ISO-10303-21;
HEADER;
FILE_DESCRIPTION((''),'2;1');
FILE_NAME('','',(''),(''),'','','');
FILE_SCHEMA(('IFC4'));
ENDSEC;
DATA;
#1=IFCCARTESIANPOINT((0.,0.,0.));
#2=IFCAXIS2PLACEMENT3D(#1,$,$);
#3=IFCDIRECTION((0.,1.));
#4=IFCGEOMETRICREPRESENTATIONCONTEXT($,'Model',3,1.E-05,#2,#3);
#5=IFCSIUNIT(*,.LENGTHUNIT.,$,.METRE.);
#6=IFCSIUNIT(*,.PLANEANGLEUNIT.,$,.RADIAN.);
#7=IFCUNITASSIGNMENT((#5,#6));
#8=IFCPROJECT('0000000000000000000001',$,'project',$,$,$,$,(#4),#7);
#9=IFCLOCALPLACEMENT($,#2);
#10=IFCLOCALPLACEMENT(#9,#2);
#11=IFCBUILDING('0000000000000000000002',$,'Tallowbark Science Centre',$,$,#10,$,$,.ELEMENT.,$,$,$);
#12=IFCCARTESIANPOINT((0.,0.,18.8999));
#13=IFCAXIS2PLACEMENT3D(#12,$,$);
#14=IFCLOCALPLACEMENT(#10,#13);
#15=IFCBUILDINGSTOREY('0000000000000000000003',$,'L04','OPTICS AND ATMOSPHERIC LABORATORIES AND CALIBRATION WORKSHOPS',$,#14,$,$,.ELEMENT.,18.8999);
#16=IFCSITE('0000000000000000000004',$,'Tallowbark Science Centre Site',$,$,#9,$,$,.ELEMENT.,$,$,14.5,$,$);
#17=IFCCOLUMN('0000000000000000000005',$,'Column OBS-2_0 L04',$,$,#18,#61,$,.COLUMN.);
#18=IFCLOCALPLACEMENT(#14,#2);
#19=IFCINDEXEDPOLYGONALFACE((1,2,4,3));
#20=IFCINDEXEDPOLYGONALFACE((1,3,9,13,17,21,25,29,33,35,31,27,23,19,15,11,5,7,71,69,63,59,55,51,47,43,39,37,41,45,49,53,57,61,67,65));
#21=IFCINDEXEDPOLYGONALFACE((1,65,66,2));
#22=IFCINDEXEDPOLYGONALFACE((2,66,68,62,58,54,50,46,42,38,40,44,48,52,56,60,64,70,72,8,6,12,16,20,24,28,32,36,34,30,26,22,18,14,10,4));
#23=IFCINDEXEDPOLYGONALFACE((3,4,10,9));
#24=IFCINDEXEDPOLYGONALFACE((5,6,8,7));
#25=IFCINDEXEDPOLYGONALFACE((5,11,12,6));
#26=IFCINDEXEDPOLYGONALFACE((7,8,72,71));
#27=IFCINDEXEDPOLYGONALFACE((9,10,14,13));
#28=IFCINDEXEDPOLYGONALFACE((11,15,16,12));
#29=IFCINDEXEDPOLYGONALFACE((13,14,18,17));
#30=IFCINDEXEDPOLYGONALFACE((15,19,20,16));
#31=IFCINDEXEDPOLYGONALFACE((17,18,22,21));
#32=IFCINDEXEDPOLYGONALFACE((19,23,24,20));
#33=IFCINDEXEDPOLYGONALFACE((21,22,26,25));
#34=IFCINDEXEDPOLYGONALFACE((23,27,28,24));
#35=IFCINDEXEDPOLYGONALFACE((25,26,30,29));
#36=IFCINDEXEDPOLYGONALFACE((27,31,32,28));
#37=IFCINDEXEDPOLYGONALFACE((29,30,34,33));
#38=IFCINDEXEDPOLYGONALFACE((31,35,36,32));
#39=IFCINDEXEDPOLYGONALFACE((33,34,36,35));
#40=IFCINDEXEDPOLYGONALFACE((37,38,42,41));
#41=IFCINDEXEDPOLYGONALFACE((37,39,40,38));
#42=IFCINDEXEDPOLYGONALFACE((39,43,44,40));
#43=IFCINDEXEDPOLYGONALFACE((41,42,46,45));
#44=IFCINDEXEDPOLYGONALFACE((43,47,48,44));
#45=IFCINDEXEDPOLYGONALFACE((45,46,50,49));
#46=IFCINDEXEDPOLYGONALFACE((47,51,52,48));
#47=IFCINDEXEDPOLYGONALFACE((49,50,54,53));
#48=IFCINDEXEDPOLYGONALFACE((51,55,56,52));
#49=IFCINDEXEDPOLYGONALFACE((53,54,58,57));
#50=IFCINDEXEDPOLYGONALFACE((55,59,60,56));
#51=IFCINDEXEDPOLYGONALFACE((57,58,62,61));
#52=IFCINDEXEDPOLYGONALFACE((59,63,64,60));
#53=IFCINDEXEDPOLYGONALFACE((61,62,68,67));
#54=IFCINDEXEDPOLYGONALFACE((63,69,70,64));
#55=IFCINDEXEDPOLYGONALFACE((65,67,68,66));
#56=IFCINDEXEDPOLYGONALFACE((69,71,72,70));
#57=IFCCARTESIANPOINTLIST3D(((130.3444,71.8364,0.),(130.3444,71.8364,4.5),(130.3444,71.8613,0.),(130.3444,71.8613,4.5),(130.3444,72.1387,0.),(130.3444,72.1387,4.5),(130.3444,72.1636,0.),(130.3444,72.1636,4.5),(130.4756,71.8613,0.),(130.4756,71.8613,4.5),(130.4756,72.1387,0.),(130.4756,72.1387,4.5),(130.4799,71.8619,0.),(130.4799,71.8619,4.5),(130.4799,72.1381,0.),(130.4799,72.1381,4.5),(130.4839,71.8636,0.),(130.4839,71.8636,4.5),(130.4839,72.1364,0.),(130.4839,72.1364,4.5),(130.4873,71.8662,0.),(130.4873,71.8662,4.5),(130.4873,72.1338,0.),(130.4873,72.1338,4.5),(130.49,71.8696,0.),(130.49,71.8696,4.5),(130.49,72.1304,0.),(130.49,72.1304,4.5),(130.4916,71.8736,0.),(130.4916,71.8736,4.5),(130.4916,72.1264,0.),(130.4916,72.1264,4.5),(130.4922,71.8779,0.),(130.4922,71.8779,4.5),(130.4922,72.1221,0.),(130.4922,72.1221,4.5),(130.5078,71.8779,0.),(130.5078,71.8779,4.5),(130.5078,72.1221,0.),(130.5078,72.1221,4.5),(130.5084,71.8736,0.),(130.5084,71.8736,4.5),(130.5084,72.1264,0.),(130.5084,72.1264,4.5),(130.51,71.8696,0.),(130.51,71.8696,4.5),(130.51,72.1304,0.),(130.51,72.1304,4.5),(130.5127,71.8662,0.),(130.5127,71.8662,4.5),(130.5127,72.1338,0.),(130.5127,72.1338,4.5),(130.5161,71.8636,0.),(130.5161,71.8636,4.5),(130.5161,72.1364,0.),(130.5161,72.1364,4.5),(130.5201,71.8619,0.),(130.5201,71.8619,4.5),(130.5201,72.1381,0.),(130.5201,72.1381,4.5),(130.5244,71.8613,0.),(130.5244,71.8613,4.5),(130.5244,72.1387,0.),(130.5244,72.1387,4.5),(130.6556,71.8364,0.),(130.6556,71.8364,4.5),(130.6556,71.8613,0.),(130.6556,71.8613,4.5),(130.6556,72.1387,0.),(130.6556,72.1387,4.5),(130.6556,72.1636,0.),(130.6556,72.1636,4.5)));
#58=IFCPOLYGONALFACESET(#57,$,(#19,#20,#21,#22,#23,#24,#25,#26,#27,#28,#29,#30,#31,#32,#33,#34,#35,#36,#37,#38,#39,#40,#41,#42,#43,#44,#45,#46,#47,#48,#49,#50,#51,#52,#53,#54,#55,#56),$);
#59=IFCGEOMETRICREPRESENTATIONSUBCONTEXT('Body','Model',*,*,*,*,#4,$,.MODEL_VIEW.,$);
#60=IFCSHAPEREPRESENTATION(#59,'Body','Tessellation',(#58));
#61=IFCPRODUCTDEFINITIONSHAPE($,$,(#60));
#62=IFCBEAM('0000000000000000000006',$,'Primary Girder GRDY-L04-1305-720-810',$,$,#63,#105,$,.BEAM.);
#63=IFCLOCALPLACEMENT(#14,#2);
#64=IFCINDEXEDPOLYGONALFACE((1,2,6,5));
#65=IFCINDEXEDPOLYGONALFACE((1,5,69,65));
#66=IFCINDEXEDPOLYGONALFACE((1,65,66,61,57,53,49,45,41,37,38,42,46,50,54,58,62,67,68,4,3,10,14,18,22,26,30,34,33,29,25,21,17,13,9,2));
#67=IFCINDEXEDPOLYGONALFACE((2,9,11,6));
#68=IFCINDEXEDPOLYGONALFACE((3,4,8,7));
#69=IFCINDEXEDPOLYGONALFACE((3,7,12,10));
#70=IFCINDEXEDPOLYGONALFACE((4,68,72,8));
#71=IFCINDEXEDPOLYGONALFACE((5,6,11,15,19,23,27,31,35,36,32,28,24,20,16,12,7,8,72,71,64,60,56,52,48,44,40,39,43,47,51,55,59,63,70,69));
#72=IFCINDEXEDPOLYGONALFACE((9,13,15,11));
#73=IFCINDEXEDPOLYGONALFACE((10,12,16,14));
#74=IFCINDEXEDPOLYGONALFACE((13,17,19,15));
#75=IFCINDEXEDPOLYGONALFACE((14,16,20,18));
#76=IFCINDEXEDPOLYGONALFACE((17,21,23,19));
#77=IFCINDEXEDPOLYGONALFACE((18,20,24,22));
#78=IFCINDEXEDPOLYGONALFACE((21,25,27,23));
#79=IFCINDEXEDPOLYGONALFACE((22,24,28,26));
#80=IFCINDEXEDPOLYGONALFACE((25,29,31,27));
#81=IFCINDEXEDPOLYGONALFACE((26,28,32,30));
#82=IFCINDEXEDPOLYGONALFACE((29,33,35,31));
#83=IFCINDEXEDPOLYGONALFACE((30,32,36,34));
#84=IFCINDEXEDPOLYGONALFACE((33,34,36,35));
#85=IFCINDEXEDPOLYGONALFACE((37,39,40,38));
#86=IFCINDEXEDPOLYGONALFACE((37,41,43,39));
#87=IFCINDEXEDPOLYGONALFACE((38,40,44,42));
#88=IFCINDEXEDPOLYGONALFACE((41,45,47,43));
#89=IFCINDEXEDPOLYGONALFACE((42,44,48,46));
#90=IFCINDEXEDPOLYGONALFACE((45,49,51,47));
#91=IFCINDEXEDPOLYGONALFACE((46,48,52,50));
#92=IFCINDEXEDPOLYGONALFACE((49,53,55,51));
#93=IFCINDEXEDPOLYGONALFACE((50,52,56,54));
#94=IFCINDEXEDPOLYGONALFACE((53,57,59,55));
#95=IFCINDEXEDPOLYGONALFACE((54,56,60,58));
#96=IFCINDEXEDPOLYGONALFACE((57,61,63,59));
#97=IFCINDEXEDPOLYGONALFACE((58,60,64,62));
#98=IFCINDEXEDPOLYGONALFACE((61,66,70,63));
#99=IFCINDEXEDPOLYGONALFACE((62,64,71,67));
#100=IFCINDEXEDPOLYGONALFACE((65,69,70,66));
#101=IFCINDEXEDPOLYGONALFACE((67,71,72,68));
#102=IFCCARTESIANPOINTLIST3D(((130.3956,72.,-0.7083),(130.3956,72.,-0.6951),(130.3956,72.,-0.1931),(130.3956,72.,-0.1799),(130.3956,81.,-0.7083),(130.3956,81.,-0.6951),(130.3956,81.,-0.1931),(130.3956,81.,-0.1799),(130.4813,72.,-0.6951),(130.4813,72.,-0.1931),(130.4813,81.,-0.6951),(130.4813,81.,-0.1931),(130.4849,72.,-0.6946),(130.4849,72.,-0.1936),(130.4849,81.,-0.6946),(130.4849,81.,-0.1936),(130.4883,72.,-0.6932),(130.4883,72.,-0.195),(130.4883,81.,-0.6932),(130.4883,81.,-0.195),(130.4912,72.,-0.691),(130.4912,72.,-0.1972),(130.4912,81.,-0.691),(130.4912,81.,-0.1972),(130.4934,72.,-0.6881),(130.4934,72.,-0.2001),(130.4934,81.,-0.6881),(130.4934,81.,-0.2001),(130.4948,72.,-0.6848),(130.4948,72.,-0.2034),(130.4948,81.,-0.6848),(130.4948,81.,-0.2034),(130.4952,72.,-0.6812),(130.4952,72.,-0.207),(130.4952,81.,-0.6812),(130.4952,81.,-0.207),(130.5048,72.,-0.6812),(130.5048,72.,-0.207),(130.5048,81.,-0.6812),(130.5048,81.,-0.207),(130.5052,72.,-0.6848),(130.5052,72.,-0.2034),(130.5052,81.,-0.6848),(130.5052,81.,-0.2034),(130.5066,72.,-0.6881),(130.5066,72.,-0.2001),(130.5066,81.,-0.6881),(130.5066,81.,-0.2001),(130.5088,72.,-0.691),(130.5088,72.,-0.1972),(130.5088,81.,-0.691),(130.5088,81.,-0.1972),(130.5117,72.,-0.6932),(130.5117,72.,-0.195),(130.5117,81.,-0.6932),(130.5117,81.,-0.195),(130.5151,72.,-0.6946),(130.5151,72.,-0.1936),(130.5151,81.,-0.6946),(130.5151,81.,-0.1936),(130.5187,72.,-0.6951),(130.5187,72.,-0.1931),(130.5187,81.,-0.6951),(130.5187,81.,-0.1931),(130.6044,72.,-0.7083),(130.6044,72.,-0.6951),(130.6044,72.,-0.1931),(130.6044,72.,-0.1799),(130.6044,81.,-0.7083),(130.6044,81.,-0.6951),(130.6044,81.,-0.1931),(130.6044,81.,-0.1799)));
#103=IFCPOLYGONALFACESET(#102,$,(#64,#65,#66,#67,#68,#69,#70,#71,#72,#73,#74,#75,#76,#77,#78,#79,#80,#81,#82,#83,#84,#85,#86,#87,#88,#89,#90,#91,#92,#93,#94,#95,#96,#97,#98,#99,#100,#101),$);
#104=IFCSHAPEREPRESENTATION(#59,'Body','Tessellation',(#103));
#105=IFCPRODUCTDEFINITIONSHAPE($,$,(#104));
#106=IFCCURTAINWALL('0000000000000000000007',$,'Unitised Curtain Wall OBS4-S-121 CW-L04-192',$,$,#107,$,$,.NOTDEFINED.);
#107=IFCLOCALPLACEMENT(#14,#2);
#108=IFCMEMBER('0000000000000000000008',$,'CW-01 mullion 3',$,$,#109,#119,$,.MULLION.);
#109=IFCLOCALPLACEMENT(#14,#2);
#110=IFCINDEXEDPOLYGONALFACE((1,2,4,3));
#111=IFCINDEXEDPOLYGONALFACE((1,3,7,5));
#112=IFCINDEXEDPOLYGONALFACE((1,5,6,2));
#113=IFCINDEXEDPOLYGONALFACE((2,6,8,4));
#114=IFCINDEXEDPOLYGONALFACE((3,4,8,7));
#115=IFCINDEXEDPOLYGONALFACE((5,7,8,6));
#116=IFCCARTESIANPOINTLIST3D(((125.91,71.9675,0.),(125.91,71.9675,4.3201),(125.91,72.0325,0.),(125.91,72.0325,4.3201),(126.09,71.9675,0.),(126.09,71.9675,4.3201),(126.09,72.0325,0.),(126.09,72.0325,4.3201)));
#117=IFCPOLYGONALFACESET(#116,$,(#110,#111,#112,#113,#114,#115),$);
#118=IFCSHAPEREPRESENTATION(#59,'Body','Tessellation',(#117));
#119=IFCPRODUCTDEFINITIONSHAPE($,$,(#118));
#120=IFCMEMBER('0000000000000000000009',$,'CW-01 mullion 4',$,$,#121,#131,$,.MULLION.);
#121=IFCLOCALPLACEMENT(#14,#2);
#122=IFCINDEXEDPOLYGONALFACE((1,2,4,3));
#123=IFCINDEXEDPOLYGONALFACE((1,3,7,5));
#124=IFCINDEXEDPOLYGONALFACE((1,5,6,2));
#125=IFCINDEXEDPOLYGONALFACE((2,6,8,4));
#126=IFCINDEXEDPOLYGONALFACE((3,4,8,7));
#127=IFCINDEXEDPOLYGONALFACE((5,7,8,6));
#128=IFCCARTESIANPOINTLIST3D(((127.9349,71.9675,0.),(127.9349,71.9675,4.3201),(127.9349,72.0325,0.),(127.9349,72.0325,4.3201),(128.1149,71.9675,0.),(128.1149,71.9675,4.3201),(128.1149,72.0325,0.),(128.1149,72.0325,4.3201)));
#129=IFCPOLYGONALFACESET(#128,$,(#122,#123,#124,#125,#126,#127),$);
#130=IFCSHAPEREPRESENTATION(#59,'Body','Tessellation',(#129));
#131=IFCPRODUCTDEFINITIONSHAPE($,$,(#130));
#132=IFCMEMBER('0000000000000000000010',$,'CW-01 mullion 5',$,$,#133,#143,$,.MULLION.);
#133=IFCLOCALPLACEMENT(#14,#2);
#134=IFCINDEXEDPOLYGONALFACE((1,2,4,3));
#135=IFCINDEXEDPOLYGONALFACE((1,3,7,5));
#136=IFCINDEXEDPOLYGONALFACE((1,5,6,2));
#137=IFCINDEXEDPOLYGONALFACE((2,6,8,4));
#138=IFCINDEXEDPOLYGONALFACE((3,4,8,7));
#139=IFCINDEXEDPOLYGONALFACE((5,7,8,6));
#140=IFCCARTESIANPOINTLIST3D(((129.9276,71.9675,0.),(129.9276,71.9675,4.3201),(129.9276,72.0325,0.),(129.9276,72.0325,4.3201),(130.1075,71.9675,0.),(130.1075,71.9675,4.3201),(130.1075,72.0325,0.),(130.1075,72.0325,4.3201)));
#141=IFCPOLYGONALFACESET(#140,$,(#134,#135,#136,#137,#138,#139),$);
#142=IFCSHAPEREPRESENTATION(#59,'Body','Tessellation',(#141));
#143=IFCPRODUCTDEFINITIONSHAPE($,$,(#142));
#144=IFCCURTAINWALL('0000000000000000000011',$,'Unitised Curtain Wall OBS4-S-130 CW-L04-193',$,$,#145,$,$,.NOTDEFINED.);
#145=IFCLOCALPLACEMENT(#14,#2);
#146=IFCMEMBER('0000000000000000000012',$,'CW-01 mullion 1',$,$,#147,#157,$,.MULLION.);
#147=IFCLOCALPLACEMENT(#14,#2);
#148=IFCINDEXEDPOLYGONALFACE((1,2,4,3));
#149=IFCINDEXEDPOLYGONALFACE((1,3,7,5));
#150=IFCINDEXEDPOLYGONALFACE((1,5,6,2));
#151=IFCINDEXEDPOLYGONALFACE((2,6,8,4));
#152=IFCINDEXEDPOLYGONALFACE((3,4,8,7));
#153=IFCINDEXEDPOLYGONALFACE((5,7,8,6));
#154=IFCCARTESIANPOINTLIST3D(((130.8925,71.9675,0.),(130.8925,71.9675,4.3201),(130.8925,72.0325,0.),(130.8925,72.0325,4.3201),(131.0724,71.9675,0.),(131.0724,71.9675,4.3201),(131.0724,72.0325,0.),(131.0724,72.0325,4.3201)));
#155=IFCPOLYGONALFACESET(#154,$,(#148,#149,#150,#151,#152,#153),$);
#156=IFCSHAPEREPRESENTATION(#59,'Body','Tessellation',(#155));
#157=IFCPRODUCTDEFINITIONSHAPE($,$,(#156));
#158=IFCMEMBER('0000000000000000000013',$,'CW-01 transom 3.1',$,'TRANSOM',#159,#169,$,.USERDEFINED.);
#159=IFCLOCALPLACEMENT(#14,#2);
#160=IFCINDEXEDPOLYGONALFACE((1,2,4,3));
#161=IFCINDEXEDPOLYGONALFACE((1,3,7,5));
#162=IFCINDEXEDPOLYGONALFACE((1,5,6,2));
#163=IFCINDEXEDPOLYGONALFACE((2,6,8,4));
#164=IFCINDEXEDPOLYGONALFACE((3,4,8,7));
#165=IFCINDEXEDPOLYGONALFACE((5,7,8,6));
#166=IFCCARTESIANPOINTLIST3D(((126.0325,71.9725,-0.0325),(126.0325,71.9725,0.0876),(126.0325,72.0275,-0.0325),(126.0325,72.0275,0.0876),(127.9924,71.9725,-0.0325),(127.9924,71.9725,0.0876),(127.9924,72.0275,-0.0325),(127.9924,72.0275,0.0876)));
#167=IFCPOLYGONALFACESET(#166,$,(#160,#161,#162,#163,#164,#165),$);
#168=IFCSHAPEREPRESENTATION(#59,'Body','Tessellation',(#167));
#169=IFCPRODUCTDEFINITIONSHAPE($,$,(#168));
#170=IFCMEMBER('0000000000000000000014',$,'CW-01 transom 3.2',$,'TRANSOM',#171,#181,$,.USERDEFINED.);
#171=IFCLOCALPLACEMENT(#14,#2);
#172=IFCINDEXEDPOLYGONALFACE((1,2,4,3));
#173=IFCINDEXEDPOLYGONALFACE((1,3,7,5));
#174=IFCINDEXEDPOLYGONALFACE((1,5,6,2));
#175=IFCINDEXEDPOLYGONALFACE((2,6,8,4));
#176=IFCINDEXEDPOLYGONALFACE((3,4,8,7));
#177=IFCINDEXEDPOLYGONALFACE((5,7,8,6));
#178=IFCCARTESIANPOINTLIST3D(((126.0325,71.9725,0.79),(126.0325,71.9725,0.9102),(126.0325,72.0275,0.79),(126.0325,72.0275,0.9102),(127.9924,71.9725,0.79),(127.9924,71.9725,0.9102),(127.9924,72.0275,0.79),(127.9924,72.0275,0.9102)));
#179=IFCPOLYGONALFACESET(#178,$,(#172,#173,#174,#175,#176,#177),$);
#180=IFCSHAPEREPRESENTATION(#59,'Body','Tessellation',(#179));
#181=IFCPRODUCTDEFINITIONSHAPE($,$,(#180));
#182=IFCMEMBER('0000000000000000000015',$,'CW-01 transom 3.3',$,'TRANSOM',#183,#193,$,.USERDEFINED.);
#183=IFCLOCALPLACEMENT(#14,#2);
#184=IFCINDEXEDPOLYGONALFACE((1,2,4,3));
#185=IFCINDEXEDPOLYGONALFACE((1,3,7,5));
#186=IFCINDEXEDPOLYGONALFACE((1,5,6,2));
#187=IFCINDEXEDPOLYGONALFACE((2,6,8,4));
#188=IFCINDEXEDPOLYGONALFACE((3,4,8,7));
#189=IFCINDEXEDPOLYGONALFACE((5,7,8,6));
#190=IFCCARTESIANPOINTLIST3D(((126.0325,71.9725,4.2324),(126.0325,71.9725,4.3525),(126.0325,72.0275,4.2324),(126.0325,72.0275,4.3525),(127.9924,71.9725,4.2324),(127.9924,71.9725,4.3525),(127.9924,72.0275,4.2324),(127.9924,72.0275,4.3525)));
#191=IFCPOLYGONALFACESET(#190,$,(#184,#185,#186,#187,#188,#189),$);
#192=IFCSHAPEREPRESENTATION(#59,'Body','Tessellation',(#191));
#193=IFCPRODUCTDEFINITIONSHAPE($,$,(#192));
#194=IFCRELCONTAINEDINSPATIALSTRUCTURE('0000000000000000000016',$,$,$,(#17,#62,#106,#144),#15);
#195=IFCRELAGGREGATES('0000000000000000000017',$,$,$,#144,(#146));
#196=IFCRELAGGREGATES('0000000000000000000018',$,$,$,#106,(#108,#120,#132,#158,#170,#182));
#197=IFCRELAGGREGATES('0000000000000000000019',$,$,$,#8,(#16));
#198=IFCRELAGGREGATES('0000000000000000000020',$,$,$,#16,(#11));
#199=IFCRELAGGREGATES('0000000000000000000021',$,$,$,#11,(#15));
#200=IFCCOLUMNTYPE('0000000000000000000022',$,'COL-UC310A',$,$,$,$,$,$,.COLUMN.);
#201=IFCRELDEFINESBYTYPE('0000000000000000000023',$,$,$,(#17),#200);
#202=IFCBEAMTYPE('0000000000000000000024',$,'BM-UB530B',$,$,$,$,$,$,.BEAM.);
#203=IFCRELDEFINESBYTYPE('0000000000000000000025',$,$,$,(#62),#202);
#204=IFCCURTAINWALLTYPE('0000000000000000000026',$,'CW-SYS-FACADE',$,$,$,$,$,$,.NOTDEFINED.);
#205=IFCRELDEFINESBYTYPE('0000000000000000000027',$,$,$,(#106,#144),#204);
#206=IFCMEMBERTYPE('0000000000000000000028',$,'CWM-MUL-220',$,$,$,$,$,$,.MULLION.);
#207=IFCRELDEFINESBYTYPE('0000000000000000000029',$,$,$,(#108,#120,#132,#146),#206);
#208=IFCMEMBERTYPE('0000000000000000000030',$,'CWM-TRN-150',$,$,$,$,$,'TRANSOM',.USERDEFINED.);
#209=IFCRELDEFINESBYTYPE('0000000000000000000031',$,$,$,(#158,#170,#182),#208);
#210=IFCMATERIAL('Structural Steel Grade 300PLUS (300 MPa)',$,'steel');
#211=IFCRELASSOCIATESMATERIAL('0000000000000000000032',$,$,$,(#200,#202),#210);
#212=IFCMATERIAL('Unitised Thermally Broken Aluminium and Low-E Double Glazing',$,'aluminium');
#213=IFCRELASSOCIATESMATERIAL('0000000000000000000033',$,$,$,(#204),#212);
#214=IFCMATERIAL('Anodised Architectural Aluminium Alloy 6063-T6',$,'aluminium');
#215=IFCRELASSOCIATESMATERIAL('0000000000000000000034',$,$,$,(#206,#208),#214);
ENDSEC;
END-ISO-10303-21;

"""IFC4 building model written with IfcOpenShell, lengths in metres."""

from ifc_helpers import new_model, si_unit, direction, frame, origin, origin_2d, place, context, subcontext, project, spatial, rectangle, i_section, extrude, material, material_profile, profile_set, type_object, element, aggregate, save


model = new_model("IFC4")

# Units and contexts
model_context = context("Model", 3, precision=1e-05, world=origin(), true_north=direction((0.0, 1.0)))
body_context = subcontext(model_context, "Body", "Model", "MODEL_VIEW")
ifc_project = project(units=[si_unit("LENGTHUNIT", "METRE"), si_unit("PLANEANGLEUNIT", "RADIAN")], contexts=[model_context])

# Site, building, storey
site_placement = place(None, origin())
site = spatial("IfcSite", under=ifc_project, at=site_placement, Name="Tallowbark Science Centre Site", CompositionType="ELEMENT", RefElevation=14.5)
building_placement = place(site_placement, origin())
building = spatial("IfcBuilding", under=site, at=building_placement, Name="Tallowbark Science Centre", CompositionType="ELEMENT")
storey_placement = place(building_placement, frame((0.0, 0.0, 18.8999)))
storey = spatial("IfcBuildingStorey", under=building, at=storey_placement, Name="L04", Description="OPTICS AND ATMOSPHERIC LABORATORIES AND CALIBRATION WORKSHOPS", CompositionType="ELEMENT", Elevation=18.8999)

# Column
ifc_material_1 = material(Name="Structural Steel Grade 300PLUS (300 MPa)", Category="steel")
ifc_material_profile_1 = material_profile(ifc_material_1, i_section(OverallWidth=0.3113, OverallDepth=0.3271, WebThickness=0.0156, FlangeThickness=0.0249, FilletRadius=0.0166, at=origin_2d()), Name="310UC158")
ifc_profile_set_1 = profile_set([ifc_material_profile_1], Name="Structural Steel Grade 300PLUS (300 MPa)")
column_type = type_object("IfcColumnType", Name="COL-UC310A", PredefinedType="COLUMN", material=ifc_profile_set_1)
column_placement = place(storey_placement, frame((130.5, 72.0, 0.0), z_axis=(0.0, 0.0, 1.0), x_axis=(1.0, 0.0, 0.0)))
element("IfcColumn", 1, at=column_placement, inside=storey, type_object=column_type, Name="Column OBS-2_0 L04", PredefinedType="COLUMN", context=body_context, shape_type="SweptSolid", body=[
    extrude(i_section(OverallWidth=0.3113, OverallDepth=0.3271, WebThickness=0.0156, FlangeThickness=0.0249, FilletRadius=0.0166, at=origin_2d()), origin(), (0.0, 0.0, 1.0), 4.5),
])

# Beam
ifc_material_profile_2 = material_profile(ifc_material_1, i_section(OverallWidth=0.2087, OverallDepth=0.5283, WebThickness=0.0095, FlangeThickness=0.0132, FilletRadius=0.0139, at=origin_2d()), Name="530UB82.0")
ifc_profile_set_2 = profile_set([ifc_material_profile_2], Name="Structural Steel Grade 300PLUS (300 MPa)")
beam_type_1 = type_object("IfcBeamType", Name="BM-UB530B", PredefinedType="BEAM", material=ifc_profile_set_2)
beam_1_placement = place(storey_placement, frame((130.5, 72.0, -0.4441), z_axis=(0.0, 1.0, 0.0), x_axis=(-1.0, 0.0, 0.0)))
element("IfcBeam", 2, at=beam_1_placement, inside=storey, type_object=beam_type_1, Name="Primary Girder GRDY-L04-1305-720-810", PredefinedType="BEAM", context=body_context, shape_type="SweptSolid", body=[
    extrude(i_section(OverallWidth=0.2087, OverallDepth=0.5283, WebThickness=0.0095, FlangeThickness=0.0132, FilletRadius=0.0139, at=origin_2d()), origin(), (0.0, 0.0, 1.0), 9.0),
])

# Curtain wall, members
ifc_material_2 = material(Name="Unitised Thermally Broken Aluminium and Low-E Double Glazing", Category="aluminium")
curtain_wall_type = type_object("IfcCurtainWallType", Name="CW-SYS-FACADE", PredefinedType="NOTDEFINED", material=ifc_material_2)
curtain_wall_1_placement = place(storey_placement, origin())
curtain_wall_1 = element("IfcCurtainWall", 3, at=curtain_wall_1_placement, inside=storey, type_object=curtain_wall_type, Name="Unitised Curtain Wall OBS4-S-121 CW-L04-192", PredefinedType="NOTDEFINED")
ifc_material_3 = material(Name="Anodised Architectural Aluminium Alloy 6063-T6", Category="aluminium")
ifc_material_profile_3 = material_profile(ifc_material_3, rectangle(XDim=0.0649, YDim=0.1799, at=origin_2d()), Name="ALU65x180")
ifc_profile_set_3 = profile_set([ifc_material_profile_3], Name="Anodised Architectural Aluminium Alloy 6063-T6")
member_type_1 = type_object("IfcMemberType", Name="CWM-MUL-220", PredefinedType="MULLION", material=ifc_profile_set_3)
member_1_placement = place(storey_placement, frame((126.0, 72.0, 0.0), z_axis=(0.0, 0.0, 1.0), x_axis=(0.0, 1.0, 0.0)))
member_1 = element("IfcMember", 4, at=member_1_placement, type_object=member_type_1, Name="CW-01 mullion 3", PredefinedType="MULLION", context=body_context, shape_type="SweptSolid", body=[
    extrude(rectangle(XDim=0.0649, YDim=0.1799, at=origin_2d()), origin(), (0.0, 0.0, 1.0), 4.3201),
])
member_2_placement = place(storey_placement, frame((128.0249, 72.0, 0.0), z_axis=(0.0, 0.0, 1.0), x_axis=(0.0, 1.0, 0.0)))
member_2 = element("IfcMember", 5, at=member_2_placement, type_object=member_type_1, Name="CW-01 mullion 4", PredefinedType="MULLION", context=body_context, shape_type="SweptSolid", body=[
    extrude(rectangle(XDim=0.0649, YDim=0.1799, at=origin_2d()), origin(), (0.0, 0.0, 1.0), 4.3201),
])
member_3_placement = place(storey_placement, frame((130.0176, 72.0, 0.0), z_axis=(0.0, 0.0, 1.0), x_axis=(0.0, 1.0, 0.0)))
member_3 = element("IfcMember", 6, at=member_3_placement, type_object=member_type_1, Name="CW-01 mullion 5", PredefinedType="MULLION", context=body_context, shape_type="SweptSolid", body=[
    extrude(rectangle(XDim=0.0649, YDim=0.1799, at=origin_2d()), origin(), (0.0, 0.0, 1.0), 4.3201),
])

# Curtain wall, member
curtain_wall_2_placement = place(storey_placement, origin())
curtain_wall_2 = element("IfcCurtainWall", 7, at=curtain_wall_2_placement, inside=storey, type_object=curtain_wall_type, Name="Unitised Curtain Wall OBS4-S-130 CW-L04-193", PredefinedType="NOTDEFINED")
member_4_placement = place(storey_placement, frame((130.9824, 72.0, 0.0), z_axis=(0.0, 0.0, 1.0), x_axis=(0.0, 1.0, 0.0)))
member_4 = element("IfcMember", 8, at=member_4_placement, type_object=member_type_1, Name="CW-01 mullion 1", PredefinedType="MULLION", context=body_context, shape_type="SweptSolid", body=[
    extrude(rectangle(XDim=0.0649, YDim=0.1799, at=origin_2d()), origin(), (0.0, 0.0, 1.0), 4.3201),
])

# Members
ifc_material_profile_4 = material_profile(ifc_material_3, rectangle(XDim=0.0549, YDim=0.1201, at=origin_2d()), Name="ALU55x120")
ifc_profile_set_4 = profile_set([ifc_material_profile_4], Name="Anodised Architectural Aluminium Alloy 6063-T6")
member_type_2 = type_object("IfcMemberType", Name="CWM-TRN-150", ElementType="TRANSOM", PredefinedType="USERDEFINED", material=ifc_profile_set_4)
member_5_placement = place(storey_placement, frame((126.0325, 72.0, 0.0276), z_axis=(1.0, 0.0, 0.0), x_axis=(0.0, 1.0, 0.0)))
member_5 = element("IfcMember", 9, at=member_5_placement, type_object=member_type_2, Name="CW-01 transom 3.1", ObjectType="TRANSOM", PredefinedType="USERDEFINED", context=body_context, shape_type="SweptSolid", body=[
    extrude(rectangle(XDim=0.0549, YDim=0.1201, at=origin_2d()), origin(), (0.0, 0.0, 1.0), 1.96),
])
member_6_placement = place(storey_placement, frame((126.0325, 72.0, 0.8501), z_axis=(1.0, 0.0, 0.0), x_axis=(0.0, 1.0, 0.0)))
member_6 = element("IfcMember", 10, at=member_6_placement, type_object=member_type_2, Name="CW-01 transom 3.2", ObjectType="TRANSOM", PredefinedType="USERDEFINED", context=body_context, shape_type="SweptSolid", body=[
    extrude(rectangle(XDim=0.0549, YDim=0.1201, at=origin_2d()), origin(), (0.0, 0.0, 1.0), 1.96),
])
member_7_placement = place(storey_placement, frame((126.0325, 72.0, 4.2925), z_axis=(1.0, 0.0, 0.0), x_axis=(0.0, 1.0, 0.0)))
member_7 = element("IfcMember", 11, at=member_7_placement, type_object=member_type_2, Name="CW-01 transom 3.3", ObjectType="TRANSOM", PredefinedType="USERDEFINED", context=body_context, shape_type="SweptSolid", body=[
    extrude(rectangle(XDim=0.0549, YDim=0.1201, at=origin_2d()), origin(), (0.0, 0.0, 1.0), 1.96),
])
aggregate(curtain_wall_2, [member_4])

aggregate(curtain_wall_1, [member_1, member_2, member_3, member_5, member_6, member_7])

save(model, "model.ifc")
